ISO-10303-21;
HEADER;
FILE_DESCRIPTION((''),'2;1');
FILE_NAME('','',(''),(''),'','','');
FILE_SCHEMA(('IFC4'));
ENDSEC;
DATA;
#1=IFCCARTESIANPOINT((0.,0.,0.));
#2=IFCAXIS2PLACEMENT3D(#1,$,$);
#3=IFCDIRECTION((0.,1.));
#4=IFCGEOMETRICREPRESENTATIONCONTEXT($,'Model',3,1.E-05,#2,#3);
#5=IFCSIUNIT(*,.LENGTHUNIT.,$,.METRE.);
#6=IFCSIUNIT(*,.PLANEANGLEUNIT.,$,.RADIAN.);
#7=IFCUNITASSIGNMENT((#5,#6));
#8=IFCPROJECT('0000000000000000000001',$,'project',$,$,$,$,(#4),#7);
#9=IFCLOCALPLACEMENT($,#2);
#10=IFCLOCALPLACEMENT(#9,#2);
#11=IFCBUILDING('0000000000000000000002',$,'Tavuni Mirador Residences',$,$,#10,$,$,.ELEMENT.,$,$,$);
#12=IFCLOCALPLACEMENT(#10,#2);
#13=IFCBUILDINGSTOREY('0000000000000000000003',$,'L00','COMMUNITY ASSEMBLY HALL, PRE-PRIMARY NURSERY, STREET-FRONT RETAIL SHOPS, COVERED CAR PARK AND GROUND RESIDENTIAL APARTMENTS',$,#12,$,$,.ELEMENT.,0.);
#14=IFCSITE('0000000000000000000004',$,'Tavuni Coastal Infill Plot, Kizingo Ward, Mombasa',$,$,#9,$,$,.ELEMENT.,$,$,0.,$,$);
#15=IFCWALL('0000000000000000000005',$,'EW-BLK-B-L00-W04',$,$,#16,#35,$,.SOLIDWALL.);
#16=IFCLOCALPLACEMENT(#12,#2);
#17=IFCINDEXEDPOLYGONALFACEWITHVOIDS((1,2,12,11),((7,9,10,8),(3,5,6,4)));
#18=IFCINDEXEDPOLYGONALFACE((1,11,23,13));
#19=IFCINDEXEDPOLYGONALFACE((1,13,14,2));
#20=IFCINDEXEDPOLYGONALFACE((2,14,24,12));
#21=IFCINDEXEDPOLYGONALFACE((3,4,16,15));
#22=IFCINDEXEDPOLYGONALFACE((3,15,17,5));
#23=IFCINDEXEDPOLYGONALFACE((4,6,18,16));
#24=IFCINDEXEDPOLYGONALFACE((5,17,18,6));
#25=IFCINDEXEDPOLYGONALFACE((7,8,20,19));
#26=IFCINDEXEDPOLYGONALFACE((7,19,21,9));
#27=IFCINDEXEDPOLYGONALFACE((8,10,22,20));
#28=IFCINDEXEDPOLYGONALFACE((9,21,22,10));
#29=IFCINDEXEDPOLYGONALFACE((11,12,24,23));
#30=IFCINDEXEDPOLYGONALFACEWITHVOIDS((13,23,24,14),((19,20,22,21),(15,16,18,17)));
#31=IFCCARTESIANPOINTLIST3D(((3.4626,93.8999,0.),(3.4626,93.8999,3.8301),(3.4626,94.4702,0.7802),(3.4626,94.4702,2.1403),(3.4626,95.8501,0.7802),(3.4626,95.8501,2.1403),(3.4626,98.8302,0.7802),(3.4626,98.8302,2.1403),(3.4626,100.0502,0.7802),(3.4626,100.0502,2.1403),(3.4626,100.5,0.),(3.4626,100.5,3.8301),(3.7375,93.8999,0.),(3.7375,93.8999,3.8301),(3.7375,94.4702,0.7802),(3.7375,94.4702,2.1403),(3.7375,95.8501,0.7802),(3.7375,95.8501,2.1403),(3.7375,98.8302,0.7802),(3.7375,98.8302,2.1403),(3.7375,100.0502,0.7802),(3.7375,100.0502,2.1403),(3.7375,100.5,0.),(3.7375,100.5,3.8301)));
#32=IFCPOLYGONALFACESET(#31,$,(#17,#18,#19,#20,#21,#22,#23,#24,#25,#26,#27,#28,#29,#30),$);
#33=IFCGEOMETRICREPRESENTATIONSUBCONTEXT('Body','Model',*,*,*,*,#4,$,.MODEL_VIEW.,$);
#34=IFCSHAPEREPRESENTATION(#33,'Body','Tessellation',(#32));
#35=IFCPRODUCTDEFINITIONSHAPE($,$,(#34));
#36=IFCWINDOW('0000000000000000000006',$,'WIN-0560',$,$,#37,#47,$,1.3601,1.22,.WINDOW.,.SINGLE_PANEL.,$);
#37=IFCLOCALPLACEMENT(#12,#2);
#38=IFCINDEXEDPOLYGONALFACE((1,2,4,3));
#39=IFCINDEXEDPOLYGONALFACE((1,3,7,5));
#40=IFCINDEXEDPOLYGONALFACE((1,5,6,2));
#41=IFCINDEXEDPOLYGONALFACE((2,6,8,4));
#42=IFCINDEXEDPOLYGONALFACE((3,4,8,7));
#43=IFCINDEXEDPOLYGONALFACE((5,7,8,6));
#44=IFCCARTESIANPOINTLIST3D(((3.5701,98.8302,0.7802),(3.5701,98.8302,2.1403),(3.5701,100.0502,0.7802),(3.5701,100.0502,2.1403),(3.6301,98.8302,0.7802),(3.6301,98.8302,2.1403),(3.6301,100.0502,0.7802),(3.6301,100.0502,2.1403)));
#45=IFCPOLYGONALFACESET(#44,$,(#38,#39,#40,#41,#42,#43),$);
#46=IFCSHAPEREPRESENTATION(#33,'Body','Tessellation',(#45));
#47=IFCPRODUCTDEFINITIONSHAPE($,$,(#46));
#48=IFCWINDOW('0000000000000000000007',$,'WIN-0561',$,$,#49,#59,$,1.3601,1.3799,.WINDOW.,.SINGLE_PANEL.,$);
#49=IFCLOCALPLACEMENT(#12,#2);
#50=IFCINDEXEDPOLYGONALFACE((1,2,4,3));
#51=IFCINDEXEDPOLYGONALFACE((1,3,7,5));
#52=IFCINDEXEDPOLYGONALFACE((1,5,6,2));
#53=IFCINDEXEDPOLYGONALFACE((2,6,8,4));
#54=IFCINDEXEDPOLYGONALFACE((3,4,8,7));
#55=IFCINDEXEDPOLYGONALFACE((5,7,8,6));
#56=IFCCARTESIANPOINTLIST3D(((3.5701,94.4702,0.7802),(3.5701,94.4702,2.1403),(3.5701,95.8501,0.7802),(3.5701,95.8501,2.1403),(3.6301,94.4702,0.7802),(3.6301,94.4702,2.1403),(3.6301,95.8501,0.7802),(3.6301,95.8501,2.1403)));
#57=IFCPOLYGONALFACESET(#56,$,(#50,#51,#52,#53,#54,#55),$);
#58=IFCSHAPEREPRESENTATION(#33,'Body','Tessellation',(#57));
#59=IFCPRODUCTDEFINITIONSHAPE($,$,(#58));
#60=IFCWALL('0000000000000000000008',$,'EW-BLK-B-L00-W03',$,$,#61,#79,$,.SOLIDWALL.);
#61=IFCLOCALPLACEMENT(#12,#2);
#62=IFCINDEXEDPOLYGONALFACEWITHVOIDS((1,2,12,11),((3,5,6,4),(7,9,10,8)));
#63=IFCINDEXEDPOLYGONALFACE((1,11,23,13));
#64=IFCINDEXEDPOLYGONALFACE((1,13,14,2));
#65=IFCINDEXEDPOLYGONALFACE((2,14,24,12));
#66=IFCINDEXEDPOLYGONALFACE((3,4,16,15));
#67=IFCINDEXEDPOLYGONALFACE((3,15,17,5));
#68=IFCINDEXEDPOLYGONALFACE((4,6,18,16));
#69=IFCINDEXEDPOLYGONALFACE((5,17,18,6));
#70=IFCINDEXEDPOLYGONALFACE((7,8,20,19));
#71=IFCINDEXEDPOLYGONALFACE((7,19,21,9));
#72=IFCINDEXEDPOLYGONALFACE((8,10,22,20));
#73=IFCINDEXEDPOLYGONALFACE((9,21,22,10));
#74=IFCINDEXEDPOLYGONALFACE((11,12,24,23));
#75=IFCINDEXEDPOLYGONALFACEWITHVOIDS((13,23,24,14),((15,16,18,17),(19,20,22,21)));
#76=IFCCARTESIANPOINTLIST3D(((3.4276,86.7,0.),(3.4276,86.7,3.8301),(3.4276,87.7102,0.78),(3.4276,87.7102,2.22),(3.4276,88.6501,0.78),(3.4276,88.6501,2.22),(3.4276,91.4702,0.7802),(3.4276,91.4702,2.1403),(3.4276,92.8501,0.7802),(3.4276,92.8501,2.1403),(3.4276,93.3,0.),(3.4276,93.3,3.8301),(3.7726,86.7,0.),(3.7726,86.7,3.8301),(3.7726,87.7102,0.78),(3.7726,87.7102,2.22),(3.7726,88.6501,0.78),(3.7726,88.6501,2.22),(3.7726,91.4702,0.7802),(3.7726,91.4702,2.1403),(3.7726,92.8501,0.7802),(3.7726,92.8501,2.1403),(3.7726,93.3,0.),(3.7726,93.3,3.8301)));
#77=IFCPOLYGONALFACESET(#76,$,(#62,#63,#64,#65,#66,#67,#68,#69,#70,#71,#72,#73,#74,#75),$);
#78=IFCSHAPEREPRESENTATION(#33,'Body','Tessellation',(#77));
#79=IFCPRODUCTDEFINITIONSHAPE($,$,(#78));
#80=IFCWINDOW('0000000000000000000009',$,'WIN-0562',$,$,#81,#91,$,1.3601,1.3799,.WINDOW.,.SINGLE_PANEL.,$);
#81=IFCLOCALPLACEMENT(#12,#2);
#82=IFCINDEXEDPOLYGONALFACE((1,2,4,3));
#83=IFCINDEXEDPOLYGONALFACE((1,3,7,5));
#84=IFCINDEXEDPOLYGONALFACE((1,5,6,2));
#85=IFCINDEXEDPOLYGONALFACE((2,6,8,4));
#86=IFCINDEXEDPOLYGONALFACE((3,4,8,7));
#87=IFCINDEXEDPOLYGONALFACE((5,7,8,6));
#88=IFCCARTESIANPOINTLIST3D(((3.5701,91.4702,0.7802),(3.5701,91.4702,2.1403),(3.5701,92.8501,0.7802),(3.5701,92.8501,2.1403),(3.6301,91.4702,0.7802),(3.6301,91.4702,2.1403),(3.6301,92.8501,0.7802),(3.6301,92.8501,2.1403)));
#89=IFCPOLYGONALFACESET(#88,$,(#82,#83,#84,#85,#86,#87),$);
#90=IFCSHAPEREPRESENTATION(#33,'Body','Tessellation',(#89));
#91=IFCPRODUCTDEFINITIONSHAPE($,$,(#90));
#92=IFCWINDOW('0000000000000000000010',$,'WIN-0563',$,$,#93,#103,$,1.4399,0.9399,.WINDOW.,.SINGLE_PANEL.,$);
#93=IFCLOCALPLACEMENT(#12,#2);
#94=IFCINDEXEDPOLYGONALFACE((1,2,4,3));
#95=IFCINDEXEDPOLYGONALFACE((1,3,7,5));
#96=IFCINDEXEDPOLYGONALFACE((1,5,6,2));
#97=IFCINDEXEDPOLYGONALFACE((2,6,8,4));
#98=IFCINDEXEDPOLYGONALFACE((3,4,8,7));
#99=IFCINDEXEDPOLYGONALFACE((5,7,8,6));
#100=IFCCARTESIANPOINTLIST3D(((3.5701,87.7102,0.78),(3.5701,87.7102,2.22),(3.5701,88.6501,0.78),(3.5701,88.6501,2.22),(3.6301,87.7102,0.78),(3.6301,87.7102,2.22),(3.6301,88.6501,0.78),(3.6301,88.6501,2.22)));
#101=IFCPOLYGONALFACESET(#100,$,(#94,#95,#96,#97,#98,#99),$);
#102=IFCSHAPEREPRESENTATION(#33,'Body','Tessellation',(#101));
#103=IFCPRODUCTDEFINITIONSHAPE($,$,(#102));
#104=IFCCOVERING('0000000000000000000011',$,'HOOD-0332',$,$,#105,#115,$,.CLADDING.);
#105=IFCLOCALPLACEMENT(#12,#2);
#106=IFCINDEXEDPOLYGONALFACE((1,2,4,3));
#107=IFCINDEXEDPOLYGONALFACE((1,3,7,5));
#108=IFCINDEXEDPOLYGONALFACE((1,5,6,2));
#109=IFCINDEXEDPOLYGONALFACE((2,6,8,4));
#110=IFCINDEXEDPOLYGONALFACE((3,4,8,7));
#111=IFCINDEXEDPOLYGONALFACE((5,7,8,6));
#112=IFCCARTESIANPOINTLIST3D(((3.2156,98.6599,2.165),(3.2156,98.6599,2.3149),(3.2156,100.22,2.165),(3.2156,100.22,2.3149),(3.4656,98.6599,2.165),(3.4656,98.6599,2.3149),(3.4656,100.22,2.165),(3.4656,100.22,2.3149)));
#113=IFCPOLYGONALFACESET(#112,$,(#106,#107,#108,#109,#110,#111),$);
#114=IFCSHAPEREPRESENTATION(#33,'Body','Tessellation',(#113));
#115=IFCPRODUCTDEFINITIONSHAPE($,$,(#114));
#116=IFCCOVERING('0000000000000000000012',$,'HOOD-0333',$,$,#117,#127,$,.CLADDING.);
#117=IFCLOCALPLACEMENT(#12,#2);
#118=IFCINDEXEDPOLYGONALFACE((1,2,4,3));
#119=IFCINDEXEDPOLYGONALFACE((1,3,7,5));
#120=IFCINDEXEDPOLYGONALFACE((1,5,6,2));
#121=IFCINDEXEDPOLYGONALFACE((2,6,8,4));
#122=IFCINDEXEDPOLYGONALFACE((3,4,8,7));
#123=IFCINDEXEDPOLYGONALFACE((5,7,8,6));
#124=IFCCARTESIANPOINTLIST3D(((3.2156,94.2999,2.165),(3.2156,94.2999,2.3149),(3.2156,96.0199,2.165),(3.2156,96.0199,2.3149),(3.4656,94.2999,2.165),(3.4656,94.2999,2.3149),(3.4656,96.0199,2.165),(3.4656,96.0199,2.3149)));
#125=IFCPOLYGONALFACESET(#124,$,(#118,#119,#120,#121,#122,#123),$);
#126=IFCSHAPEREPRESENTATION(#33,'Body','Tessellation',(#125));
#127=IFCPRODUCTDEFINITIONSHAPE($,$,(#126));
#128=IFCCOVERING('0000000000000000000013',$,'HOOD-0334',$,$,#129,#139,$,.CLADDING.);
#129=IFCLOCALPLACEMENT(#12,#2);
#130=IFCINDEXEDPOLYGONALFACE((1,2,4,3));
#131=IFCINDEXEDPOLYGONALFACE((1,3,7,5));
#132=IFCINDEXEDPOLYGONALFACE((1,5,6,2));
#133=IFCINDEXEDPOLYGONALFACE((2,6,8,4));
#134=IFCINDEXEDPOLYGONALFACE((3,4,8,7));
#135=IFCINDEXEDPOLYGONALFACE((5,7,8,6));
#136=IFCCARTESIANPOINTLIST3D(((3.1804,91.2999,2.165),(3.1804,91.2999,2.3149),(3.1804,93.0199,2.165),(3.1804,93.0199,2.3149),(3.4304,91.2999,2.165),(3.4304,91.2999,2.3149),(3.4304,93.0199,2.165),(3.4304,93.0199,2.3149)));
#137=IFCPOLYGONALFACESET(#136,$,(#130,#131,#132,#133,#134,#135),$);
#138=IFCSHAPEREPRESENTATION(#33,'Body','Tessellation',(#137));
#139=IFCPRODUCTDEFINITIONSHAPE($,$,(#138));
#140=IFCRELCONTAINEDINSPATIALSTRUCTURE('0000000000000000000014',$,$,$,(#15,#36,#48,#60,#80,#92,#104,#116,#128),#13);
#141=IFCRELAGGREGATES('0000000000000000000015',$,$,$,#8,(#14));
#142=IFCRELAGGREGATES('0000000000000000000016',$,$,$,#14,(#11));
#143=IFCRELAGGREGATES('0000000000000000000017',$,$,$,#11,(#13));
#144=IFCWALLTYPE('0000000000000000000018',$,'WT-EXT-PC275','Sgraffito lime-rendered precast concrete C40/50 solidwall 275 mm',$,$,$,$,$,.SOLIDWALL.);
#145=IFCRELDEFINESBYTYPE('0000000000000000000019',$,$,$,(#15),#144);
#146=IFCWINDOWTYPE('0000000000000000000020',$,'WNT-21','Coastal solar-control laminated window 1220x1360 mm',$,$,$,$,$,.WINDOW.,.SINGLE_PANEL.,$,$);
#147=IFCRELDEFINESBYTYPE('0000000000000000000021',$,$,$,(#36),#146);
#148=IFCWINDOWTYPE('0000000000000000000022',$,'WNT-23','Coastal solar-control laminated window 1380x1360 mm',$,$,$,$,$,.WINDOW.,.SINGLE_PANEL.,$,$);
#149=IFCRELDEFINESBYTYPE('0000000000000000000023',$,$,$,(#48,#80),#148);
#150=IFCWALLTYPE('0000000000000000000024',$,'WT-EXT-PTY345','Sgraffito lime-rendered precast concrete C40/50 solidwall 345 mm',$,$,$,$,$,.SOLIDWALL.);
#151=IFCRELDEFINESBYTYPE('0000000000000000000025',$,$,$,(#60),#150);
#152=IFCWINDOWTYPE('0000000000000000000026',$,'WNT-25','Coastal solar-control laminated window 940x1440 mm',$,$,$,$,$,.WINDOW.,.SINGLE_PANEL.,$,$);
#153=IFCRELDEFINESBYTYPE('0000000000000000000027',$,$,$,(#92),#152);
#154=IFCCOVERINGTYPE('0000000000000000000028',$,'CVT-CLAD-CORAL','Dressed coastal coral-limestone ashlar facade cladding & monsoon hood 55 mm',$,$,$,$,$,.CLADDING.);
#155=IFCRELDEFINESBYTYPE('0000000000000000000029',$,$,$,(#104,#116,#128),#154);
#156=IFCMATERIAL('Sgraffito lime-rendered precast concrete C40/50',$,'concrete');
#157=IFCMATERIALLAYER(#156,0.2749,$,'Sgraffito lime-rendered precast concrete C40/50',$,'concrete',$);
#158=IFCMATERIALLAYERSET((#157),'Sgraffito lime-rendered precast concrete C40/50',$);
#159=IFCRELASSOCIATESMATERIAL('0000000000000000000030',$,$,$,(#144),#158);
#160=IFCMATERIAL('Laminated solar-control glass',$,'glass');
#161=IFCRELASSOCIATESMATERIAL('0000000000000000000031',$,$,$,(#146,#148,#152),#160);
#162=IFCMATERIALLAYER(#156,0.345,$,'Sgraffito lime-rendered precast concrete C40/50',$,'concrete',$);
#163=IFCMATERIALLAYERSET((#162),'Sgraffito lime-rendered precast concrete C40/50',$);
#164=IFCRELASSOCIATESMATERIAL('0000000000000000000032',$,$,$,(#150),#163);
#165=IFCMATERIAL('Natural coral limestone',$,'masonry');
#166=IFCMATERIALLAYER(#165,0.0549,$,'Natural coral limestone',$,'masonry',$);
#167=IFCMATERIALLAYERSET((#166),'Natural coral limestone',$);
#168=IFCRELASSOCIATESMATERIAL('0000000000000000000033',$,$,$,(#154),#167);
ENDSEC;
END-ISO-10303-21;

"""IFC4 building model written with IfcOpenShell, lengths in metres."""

from ifc_helpers import new_model, si_unit, direction, frame, frame_2d, origin, origin_2d, place, context, subcontext, project, spatial, rectangle, extrude, material, layer, layer_set, type_object, element, fill, save


model = new_model("IFC4")

# Units and contexts
model_context = context("Model", 3, precision=1e-05, world=origin(), true_north=direction((0.0, 1.0)))
body_context = subcontext(model_context, "Body", "Model", "MODEL_VIEW")
ifc_project = project(units=[si_unit("LENGTHUNIT", "METRE"), si_unit("PLANEANGLEUNIT", "RADIAN")], contexts=[model_context])

# Site, building, storey
site_placement = place(None, origin())
site = spatial("IfcSite", under=ifc_project, at=site_placement, Name="Tavuni Coastal Infill Plot, Kizingo Ward, Mombasa", CompositionType="ELEMENT", RefElevation=0.0)
building_placement = place(site_placement, origin())
building = spatial("IfcBuilding", under=site, at=building_placement, Name="Tavuni Mirador Residences", CompositionType="ELEMENT")
storey_placement = place(building_placement, origin())
storey = spatial("IfcBuildingStorey", under=building, at=storey_placement, Name="L00", Description="COMMUNITY ASSEMBLY HALL, PRE-PRIMARY NURSERY, STREET-FRONT RETAIL SHOPS, COVERED CAR PARK AND GROUND RESIDENTIAL APARTMENTS", CompositionType="ELEMENT", Elevation=0.0)

# Walls, openings, windows
ifc_material_1 = material(Name="Sgraffito lime-rendered precast concrete C40/50", Category="concrete")
ifc_layer_1 = layer(ifc_material_1, 0.2749, Name="Sgraffito lime-rendered precast concrete C40/50", Category="concrete")
ifc_layer_set_1 = layer_set([ifc_layer_1], Name="Sgraffito lime-rendered precast concrete C40/50")
wall_type_1 = type_object("IfcWallType", Name="WT-EXT-PC275", Description="Sgraffito lime-rendered precast concrete C40/50 solidwall 275 mm", PredefinedType="SOLIDWALL", material=ifc_layer_set_1)
wall_1_placement = place(storey_placement, frame((3.6001, 100.5, 0.0), z_axis=(0.0, 0.0, 1.0), x_axis=(0.0, -1.0, 0.0)))
wall_1 = element("IfcWall", 1, at=wall_1_placement, inside=storey, type_object=wall_type_1, Name="EW-BLK-B-L00-W04", PredefinedType="SOLIDWALL", context=body_context, shape_type="SweptSolid", body=[
    extrude(rectangle(XDim=6.6001, YDim=0.2749, at=frame_2d((3.3, 0.0))), origin(), (0.0, 0.0, 1.0), 3.8301),
])
opening_1_placement = place(wall_1_placement, frame((0.45, 0.0, 0.78)))
opening_1 = element("IfcOpeningElement", 2, at=opening_1_placement, cuts=wall_1, PredefinedType="OPENING", context=body_context, shape_type="SweptSolid", body=[
    extrude(rectangle(XDim=1.22, YDim=1.3601, at=frame_2d((0.6099, 0.6802))), frame((0.0, 0.1475, 0.0), z_axis=(0.0, -1.0, 0.0), x_axis=(1.0, 0.0, 0.0)), (0.0, 0.0, 1.0), 0.2949),
])
opening_2_placement = place(wall_1_placement, frame((4.6499, 0.0, 0.78)))
opening_2 = element("IfcOpeningElement", 3, at=opening_2_placement, cuts=wall_1, PredefinedType="OPENING", context=body_context, shape_type="SweptSolid", body=[
    extrude(rectangle(XDim=1.3799, YDim=1.3601, at=frame_2d((0.6899, 0.6802))), frame((0.0, 0.1475, 0.0), z_axis=(0.0, -1.0, 0.0), x_axis=(1.0, 0.0, 0.0)), (0.0, 0.0, 1.0), 0.2949),
])
ifc_material_2 = material(Name="Laminated solar-control glass", Category="glass")
window_type_1 = type_object("IfcWindowType", Name="WNT-21", Description="Coastal solar-control laminated window 1220x1360 mm", PartitioningType="SINGLE_PANEL", PredefinedType="WINDOW", material=ifc_material_2)
window_1_placement = place(opening_1_placement, origin())
window_1 = element("IfcWindow", 4, at=window_1_placement, inside=storey, type_object=window_type_1, Name="WIN-0560", OverallHeight=1.3601, OverallWidth=1.22, PartitioningType="SINGLE_PANEL", PredefinedType="WINDOW", context=body_context, shape_type="SweptSolid", body=[
    extrude(rectangle(XDim=1.22, YDim=1.3601, at=frame_2d((0.6099, 0.6802))), frame((0.0, 0.03, 0.0), z_axis=(0.0, -1.0, 0.0), x_axis=(1.0, 0.0, 0.0)), (0.0, 0.0, 1.0), 0.0601),
])
fill(opening_1, window_1)
window_type_2 = type_object("IfcWindowType", Name="WNT-23", Description="Coastal solar-control laminated window 1380x1360 mm", PartitioningType="SINGLE_PANEL", PredefinedType="WINDOW", material=ifc_material_2)
window_2_placement = place(opening_2_placement, origin())
window_2 = element("IfcWindow", 5, at=window_2_placement, inside=storey, type_object=window_type_2, Name="WIN-0561", OverallHeight=1.3601, OverallWidth=1.3799, PartitioningType="SINGLE_PANEL", PredefinedType="WINDOW", context=body_context, shape_type="SweptSolid", body=[
    extrude(rectangle(XDim=1.3799, YDim=1.3601, at=frame_2d((0.6899, 0.6802))), frame((0.0, 0.03, 0.0), z_axis=(0.0, -1.0, 0.0), x_axis=(1.0, 0.0, 0.0)), (0.0, 0.0, 1.0), 0.0601),
])
fill(opening_2, window_2)
ifc_layer_2 = layer(ifc_material_1, 0.345, Name="Sgraffito lime-rendered precast concrete C40/50", Category="concrete")
ifc_layer_set_2 = layer_set([ifc_layer_2], Name="Sgraffito lime-rendered precast concrete C40/50")
wall_type_2 = type_object("IfcWallType", Name="WT-EXT-PTY345", Description="Sgraffito lime-rendered precast concrete C40/50 solidwall 345 mm", PredefinedType="SOLIDWALL", material=ifc_layer_set_2)
wall_2_placement = place(storey_placement, frame((3.6001, 93.3, 0.0), z_axis=(0.0, 0.0, 1.0), x_axis=(0.0, -1.0, 0.0)))
wall_2 = element("IfcWall", 6, at=wall_2_placement, inside=storey, type_object=wall_type_2, Name="EW-BLK-B-L00-W03", PredefinedType="SOLIDWALL", context=body_context, shape_type="SweptSolid", body=[
    extrude(rectangle(XDim=6.6001, YDim=0.345, at=frame_2d((3.3, 0.0))), origin(), (0.0, 0.0, 1.0), 3.8301),
])
opening_3_placement = place(wall_2_placement, frame((0.45, 0.0, 0.78)))
opening_3 = element("IfcOpeningElement", 7, at=opening_3_placement, cuts=wall_2, PredefinedType="OPENING", context=body_context, shape_type="SweptSolid", body=[
    extrude(rectangle(XDim=1.3799, YDim=1.3601, at=frame_2d((0.6899, 0.6802))), frame((0.0, 0.1826, 0.0), z_axis=(0.0, -1.0, 0.0), x_axis=(1.0, 0.0, 0.0)), (0.0, 0.0, 1.0), 0.365),
])
opening_4_placement = place(wall_2_placement, frame((4.6499, 0.0, 0.78)))
opening_4 = element("IfcOpeningElement", 8, at=opening_4_placement, cuts=wall_2, PredefinedType="OPENING", context=body_context, shape_type="SweptSolid", body=[
    extrude(rectangle(XDim=0.9399, YDim=1.4399, at=frame_2d((0.47, 0.72))), frame((0.0, 0.1826, 0.0), z_axis=(0.0, -1.0, 0.0), x_axis=(1.0, 0.0, 0.0)), (0.0, 0.0, 1.0), 0.365),
])
window_3_placement = place(opening_3_placement, origin())
window_3 = element("IfcWindow", 9, at=window_3_placement, inside=storey, type_object=window_type_2, Name="WIN-0562", OverallHeight=1.3601, OverallWidth=1.3799, PartitioningType="SINGLE_PANEL", PredefinedType="WINDOW", context=body_context, shape_type="SweptSolid", body=[
    extrude(rectangle(XDim=1.3799, YDim=1.3601, at=frame_2d((0.6899, 0.6802))), frame((0.0, 0.03, 0.0), z_axis=(0.0, -1.0, 0.0), x_axis=(1.0, 0.0, 0.0)), (0.0, 0.0, 1.0), 0.0601),
])
fill(opening_3, window_3)
window_type_3 = type_object("IfcWindowType", Name="WNT-25", Description="Coastal solar-control laminated window 940x1440 mm", PartitioningType="SINGLE_PANEL", PredefinedType="WINDOW", material=ifc_material_2)
window_4_placement = place(opening_4_placement, origin())
window_4 = element("IfcWindow", 10, at=window_4_placement, inside=storey, type_object=window_type_3, Name="WIN-0563", OverallHeight=1.4399, OverallWidth=0.9399, PartitioningType="SINGLE_PANEL", PredefinedType="WINDOW", context=body_context, shape_type="SweptSolid", body=[
    extrude(rectangle(XDim=0.9399, YDim=1.4399, at=frame_2d((0.47, 0.72))), frame((0.0, 0.03, 0.0), z_axis=(0.0, -1.0, 0.0), x_axis=(1.0, 0.0, 0.0)), (0.0, 0.0, 1.0), 0.0601),
])
fill(opening_4, window_4)

# Coverings
ifc_material_3 = material(Name="Natural coral limestone", Category="masonry")
ifc_layer_3 = layer(ifc_material_3, 0.0549, Name="Natural coral limestone", Category="masonry")
ifc_layer_set_3 = layer_set([ifc_layer_3], Name="Natural coral limestone")
covering_type = type_object("IfcCoveringType", Name="CVT-CLAD-CORAL", Description="Dressed coastal coral-limestone ashlar facade cladding & monsoon hood 55 mm", PredefinedType="CLADDING", material=ifc_layer_set_3)
covering_placement = place(storey_placement, frame((3.3406, 99.4399, 2.165), z_axis=(0.0, 0.0, 1.0), x_axis=(0.0, -1.0, 0.0)))
element("IfcCovering", 11, at=covering_placement, inside=storey, type_object=covering_type, Name="HOOD-0332", PredefinedType="CLADDING", context=body_context, shape_type="SweptSolid", body=[
    extrude(rectangle(XDim=1.5601, YDim=0.25, at=origin_2d()), origin(), (0.0, 0.0, 1.0), 0.1499),
])
for number, where, z_axis, x_axis, name in (
    (12, (3.3406, 95.1599, 2.165), (0.0, 0.0, 1.0), (0.0, -1.0, 0.0), "HOOD-0333"),
    (13, (3.3054, 92.1599, 2.165), (0.0, 0.0, 1.0), (0.0, -1.0, 0.0), "HOOD-0334"),
):
    element("IfcCovering", number, at=place(storey_placement, frame(where, z_axis=z_axis, x_axis=x_axis)), inside=storey, type_object=covering_type, Name=name, PredefinedType="CLADDING", context=body_context, shape_type="SweptSolid", body=[
        extrude(rectangle(XDim=1.72, YDim=0.25, at=origin_2d()), origin(), (0.0, 0.0, 1.0), 0.1499),
    ])

save(model, "model.ifc")
